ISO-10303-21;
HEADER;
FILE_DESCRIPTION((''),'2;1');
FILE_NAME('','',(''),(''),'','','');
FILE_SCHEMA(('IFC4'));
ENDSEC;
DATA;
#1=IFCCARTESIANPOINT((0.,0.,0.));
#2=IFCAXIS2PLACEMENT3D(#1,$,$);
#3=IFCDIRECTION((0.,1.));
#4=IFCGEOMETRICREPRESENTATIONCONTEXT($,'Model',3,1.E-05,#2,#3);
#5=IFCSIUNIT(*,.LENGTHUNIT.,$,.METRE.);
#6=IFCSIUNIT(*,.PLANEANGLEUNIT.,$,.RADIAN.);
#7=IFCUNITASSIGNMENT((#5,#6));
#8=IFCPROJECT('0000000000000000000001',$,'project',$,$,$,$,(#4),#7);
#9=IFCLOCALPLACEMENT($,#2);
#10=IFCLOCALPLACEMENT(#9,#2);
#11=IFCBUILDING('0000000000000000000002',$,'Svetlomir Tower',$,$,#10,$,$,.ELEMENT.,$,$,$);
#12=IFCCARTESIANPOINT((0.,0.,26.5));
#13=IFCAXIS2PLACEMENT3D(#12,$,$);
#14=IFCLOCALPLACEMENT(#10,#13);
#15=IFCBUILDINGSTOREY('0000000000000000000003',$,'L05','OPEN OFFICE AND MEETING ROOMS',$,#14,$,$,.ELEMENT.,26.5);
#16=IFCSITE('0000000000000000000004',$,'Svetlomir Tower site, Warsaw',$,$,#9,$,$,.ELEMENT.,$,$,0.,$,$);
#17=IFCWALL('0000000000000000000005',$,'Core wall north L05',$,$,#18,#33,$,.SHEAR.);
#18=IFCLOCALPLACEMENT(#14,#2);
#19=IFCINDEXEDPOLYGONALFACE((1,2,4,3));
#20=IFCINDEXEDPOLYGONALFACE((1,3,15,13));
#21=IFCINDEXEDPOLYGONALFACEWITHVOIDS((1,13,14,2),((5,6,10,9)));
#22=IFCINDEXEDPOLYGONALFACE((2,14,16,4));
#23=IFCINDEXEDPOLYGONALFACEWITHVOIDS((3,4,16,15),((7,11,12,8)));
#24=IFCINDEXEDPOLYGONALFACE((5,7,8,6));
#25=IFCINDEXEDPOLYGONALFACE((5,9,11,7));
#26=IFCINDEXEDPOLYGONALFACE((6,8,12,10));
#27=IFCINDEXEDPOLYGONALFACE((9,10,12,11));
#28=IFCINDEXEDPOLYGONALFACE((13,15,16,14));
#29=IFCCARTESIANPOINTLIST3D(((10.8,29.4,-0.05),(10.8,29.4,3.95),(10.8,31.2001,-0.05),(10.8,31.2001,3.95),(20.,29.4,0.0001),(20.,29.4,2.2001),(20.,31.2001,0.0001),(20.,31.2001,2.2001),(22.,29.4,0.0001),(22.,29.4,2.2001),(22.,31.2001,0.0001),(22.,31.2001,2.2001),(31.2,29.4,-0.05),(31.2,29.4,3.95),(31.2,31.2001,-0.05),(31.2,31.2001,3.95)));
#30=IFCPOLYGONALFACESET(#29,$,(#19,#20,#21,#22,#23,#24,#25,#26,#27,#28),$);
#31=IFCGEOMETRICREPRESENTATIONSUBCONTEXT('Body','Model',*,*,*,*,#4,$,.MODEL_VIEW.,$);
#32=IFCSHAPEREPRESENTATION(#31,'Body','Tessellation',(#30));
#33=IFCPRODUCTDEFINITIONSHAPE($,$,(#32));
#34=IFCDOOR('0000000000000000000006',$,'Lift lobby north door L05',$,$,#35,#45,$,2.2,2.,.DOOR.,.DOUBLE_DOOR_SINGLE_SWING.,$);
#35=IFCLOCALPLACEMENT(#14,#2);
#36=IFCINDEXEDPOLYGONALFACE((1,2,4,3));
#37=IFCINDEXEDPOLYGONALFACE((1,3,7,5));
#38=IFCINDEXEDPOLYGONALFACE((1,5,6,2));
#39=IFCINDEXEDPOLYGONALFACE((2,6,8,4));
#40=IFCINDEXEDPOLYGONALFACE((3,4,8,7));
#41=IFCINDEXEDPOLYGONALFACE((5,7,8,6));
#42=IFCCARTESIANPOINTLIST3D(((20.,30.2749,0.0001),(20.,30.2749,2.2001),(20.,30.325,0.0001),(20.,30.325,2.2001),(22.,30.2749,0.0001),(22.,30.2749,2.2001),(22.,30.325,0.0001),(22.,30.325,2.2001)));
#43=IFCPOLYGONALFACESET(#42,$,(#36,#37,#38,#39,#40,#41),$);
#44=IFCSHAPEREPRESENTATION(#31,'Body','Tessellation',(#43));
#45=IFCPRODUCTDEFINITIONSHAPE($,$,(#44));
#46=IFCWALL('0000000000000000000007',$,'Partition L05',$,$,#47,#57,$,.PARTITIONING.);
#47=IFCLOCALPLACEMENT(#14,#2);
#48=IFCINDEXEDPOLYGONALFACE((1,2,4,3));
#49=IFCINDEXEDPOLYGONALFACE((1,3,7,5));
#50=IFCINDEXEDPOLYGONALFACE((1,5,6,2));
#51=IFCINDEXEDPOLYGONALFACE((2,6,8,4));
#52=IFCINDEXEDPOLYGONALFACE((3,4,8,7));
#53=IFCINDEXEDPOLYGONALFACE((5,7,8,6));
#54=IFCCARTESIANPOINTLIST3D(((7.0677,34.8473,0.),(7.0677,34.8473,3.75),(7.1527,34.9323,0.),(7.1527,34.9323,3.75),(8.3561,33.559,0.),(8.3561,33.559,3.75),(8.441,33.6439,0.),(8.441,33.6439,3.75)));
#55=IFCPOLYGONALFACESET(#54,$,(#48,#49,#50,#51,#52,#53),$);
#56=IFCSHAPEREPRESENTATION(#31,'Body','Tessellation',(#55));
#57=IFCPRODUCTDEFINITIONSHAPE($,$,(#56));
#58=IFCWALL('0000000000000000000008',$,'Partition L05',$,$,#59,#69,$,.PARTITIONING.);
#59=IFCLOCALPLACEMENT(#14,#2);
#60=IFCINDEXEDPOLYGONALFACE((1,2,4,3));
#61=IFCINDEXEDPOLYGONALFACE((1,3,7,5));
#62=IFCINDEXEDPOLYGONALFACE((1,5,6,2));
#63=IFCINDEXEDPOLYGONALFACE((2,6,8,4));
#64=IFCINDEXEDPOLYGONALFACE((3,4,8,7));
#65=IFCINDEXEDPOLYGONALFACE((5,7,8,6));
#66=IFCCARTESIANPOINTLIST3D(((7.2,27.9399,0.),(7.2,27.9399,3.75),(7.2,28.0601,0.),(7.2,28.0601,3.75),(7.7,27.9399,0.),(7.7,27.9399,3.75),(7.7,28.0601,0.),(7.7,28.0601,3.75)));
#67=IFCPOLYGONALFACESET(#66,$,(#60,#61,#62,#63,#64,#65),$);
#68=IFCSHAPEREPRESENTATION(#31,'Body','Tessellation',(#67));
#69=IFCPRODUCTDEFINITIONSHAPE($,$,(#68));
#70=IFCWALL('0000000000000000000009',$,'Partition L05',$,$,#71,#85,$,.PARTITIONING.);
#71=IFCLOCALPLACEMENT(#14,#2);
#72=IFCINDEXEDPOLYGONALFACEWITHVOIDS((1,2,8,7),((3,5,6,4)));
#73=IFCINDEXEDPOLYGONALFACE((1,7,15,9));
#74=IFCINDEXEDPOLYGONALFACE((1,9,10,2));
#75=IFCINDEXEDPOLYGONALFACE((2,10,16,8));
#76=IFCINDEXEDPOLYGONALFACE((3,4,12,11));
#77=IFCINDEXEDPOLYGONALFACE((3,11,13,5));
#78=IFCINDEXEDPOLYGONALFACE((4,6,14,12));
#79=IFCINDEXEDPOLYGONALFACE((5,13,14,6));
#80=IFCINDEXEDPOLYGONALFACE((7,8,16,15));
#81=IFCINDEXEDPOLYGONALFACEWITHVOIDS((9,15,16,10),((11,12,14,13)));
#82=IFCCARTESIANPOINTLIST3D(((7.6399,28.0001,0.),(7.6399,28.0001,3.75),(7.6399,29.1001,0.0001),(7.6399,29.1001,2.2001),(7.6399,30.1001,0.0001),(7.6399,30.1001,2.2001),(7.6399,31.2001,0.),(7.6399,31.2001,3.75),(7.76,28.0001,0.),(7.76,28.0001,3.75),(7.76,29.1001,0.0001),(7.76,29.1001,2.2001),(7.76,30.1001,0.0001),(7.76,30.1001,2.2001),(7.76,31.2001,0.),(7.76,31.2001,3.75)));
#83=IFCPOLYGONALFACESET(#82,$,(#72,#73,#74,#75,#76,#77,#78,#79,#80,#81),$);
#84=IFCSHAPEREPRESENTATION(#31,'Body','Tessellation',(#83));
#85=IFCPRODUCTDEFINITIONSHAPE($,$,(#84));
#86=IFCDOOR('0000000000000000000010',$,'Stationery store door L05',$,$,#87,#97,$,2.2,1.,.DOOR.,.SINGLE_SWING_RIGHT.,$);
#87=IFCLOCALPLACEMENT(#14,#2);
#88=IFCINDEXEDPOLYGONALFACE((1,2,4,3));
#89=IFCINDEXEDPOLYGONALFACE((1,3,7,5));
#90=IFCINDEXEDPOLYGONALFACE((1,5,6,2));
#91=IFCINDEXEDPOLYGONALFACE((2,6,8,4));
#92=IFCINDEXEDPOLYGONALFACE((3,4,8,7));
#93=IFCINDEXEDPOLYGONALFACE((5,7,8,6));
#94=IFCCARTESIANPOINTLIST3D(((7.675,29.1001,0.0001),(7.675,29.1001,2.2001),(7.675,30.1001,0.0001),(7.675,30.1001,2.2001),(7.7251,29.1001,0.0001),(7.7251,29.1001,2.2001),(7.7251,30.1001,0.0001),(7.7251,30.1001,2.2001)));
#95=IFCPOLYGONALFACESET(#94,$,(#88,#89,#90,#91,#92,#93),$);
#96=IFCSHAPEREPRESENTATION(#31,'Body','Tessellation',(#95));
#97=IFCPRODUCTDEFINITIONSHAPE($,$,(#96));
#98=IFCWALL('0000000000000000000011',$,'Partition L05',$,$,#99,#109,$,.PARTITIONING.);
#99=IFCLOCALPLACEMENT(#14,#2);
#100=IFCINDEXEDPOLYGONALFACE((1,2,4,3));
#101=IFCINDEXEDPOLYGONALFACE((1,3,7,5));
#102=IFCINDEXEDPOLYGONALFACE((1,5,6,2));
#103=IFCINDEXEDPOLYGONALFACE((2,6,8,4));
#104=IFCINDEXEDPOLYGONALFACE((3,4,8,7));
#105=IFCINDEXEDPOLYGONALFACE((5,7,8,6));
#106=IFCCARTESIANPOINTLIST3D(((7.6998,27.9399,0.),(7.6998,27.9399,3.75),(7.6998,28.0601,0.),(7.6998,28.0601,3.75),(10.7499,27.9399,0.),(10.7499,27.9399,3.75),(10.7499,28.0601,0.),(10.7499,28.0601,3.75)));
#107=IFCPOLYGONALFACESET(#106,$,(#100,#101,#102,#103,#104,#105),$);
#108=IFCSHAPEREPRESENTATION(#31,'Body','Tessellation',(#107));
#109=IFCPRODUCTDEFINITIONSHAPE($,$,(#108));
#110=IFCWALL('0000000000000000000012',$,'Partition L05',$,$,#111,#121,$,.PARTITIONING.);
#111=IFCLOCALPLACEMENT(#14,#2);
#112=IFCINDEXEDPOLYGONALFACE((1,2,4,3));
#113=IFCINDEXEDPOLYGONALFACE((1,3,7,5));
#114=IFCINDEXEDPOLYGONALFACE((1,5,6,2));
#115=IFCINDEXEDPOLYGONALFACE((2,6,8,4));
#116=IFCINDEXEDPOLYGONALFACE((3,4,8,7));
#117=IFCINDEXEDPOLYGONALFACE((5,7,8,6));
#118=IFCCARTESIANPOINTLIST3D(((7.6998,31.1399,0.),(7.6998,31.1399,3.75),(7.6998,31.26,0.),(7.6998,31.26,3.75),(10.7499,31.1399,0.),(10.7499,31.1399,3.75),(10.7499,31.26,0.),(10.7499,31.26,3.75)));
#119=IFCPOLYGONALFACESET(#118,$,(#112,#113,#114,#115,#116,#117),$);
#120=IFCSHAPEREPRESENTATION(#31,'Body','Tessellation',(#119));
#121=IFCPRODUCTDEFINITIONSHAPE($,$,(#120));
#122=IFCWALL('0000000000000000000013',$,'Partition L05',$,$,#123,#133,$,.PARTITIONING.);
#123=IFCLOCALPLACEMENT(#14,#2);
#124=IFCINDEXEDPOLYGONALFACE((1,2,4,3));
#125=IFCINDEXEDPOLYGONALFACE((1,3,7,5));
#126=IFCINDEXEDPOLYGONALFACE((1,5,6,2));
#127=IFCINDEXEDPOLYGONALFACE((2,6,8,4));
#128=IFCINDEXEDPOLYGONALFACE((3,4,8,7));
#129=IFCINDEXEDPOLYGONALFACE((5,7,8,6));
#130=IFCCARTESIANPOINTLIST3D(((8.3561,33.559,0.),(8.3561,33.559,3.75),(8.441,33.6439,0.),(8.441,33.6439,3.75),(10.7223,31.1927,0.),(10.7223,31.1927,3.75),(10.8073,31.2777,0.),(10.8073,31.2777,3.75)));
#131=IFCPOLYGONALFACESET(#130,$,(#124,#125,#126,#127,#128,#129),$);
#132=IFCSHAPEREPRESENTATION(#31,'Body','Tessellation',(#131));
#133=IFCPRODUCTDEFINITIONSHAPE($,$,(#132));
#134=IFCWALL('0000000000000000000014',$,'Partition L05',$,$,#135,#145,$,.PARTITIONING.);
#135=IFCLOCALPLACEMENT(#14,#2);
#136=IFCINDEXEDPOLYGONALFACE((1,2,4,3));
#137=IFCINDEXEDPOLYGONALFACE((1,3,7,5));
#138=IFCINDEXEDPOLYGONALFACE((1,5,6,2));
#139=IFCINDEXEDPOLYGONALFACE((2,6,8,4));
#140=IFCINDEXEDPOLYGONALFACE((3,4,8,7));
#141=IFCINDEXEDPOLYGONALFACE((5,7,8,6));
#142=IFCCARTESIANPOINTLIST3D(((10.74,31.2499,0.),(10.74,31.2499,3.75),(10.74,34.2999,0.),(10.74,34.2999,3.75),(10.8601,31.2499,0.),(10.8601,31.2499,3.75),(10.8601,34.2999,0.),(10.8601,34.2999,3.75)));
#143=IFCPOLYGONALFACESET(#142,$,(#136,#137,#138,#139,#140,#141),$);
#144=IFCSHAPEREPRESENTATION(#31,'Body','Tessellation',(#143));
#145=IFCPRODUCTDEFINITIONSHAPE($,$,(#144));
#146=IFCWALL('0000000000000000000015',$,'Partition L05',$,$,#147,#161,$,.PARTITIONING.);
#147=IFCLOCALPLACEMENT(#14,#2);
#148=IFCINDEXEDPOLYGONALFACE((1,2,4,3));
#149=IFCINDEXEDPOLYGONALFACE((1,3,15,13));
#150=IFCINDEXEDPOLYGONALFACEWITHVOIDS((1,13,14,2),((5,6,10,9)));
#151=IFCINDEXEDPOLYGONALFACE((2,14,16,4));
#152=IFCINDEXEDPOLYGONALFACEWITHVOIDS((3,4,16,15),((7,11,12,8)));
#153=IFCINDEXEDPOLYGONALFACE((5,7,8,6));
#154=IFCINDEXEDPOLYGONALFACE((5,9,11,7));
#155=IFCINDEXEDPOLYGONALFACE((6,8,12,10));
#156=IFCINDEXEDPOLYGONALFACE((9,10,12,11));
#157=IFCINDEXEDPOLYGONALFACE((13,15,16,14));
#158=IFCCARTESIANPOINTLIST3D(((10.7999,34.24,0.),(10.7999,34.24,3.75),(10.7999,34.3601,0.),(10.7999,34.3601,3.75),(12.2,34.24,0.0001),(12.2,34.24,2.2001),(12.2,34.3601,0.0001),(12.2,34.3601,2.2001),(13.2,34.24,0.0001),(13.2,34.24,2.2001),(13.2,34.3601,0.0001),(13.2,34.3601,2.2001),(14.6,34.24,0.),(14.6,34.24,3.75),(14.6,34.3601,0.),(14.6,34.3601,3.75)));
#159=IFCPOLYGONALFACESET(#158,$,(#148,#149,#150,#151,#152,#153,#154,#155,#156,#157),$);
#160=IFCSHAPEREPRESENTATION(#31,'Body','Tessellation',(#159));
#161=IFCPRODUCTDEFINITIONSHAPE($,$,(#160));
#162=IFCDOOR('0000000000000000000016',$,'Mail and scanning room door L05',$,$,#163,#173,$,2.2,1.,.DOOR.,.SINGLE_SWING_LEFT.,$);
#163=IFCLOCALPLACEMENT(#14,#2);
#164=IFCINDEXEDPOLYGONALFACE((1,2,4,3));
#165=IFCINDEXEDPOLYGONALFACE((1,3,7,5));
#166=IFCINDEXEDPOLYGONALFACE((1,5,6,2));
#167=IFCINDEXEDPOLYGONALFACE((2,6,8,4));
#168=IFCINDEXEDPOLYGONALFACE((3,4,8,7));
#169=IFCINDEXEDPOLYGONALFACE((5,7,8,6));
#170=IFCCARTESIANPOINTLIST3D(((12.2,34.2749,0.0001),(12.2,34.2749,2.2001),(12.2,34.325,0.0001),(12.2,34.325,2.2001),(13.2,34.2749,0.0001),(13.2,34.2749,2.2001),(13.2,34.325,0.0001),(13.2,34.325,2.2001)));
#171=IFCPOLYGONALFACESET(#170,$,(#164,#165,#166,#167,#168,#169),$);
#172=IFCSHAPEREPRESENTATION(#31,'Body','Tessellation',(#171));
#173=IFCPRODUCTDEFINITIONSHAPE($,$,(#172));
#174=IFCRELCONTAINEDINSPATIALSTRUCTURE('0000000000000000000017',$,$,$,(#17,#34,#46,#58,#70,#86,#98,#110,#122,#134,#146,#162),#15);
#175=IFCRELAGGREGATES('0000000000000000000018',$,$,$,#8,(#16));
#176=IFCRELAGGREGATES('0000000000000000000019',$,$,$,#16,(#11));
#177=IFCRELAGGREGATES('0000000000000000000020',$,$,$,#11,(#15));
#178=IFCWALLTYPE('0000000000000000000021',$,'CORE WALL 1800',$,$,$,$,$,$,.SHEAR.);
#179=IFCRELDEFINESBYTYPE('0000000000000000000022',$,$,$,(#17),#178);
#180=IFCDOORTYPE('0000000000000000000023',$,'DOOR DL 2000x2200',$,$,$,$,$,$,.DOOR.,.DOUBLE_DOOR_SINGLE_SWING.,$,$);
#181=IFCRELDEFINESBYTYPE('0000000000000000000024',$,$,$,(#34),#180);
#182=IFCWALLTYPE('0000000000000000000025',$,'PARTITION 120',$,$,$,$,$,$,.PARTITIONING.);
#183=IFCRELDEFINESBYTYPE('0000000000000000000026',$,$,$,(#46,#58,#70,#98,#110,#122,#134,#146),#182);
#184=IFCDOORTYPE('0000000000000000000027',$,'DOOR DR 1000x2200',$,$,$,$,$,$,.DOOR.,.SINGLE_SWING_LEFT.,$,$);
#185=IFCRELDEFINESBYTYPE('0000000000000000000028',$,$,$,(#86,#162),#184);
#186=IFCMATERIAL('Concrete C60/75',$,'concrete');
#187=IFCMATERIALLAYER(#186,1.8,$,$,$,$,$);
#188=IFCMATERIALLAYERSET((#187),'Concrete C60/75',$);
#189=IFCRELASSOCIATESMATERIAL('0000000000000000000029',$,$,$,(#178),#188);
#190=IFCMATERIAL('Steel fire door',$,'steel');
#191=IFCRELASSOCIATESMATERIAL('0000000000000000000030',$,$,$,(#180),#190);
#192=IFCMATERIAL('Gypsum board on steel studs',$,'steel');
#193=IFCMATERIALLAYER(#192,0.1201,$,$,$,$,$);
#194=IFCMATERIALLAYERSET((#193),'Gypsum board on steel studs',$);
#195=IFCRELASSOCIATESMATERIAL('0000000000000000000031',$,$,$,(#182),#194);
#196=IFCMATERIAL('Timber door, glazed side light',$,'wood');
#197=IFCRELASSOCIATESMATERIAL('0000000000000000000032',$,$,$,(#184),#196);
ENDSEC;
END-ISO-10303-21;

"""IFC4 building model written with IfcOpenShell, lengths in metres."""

from ifc_helpers import new_model, si_unit, direction, frame, frame_2d, origin, place, context, subcontext, project, spatial, rectangle, extrude, material, layer, layer_set, type_object, element, fill, save


model = new_model("IFC4")

# Units and contexts
model_context = context("Model", 3, precision=1e-05, world=origin(), true_north=direction((0.0, 1.0)))
body_context = subcontext(model_context, "Body", "Model", "MODEL_VIEW")
ifc_project = project(units=[si_unit("LENGTHUNIT", "METRE"), si_unit("PLANEANGLEUNIT", "RADIAN")], contexts=[model_context])

# Site, building, storey
site_placement = place(None, origin())
site = spatial("IfcSite", under=ifc_project, at=site_placement, Name="Svetlomir Tower site, Warsaw", CompositionType="ELEMENT", RefElevation=0.0)
building_placement = place(site_placement, origin())
building = spatial("IfcBuilding", under=site, at=building_placement, Name="Svetlomir Tower", CompositionType="ELEMENT")
storey_placement = place(building_placement, frame((0.0, 0.0, 26.5)))
storey = spatial("IfcBuildingStorey", under=building, at=storey_placement, Name="L05", Description="OPEN OFFICE AND MEETING ROOMS", CompositionType="ELEMENT", Elevation=26.5)

# Wall, opening, door
ifc_material_1 = material(Name="Concrete C60/75", Category="concrete")
ifc_layer_1 = layer(ifc_material_1, 1.8)
ifc_layer_set_1 = layer_set([ifc_layer_1], Name="Concrete C60/75")
wall_type_1 = type_object("IfcWallType", Name="CORE WALL 1800", PredefinedType="SHEAR", material=ifc_layer_set_1)
wall_1_placement = place(storey_placement, frame((10.8, 30.3, -0.05), z_axis=(0.0, 0.0, 1.0), x_axis=(1.0, 0.0, 0.0)))
wall_1 = element("IfcWall", 1, at=wall_1_placement, inside=storey, type_object=wall_type_1, Name="Core wall north L05", PredefinedType="SHEAR", context=body_context, shape_type="SweptSolid", body=[
    extrude(rectangle(XDim=20.3999, YDim=1.8, at=frame_2d((10.2, 0.0))), origin(), (0.0, 0.0, 1.0), 4.0),
])
opening_1_placement = place(wall_1_placement, frame((9.2, 0.0, 0.05)))
opening_1 = element("IfcOpeningElement", 2, at=opening_1_placement, cuts=wall_1, PredefinedType="OPENING", context=body_context, shape_type="SweptSolid", body=[
    extrude(rectangle(XDim=2.0, YDim=2.2, at=frame_2d((1.0, 1.1001))), frame((0.0, 0.9102, 0.0), z_axis=(0.0, -1.0, 0.0), x_axis=(1.0, 0.0, 0.0)), (0.0, 0.0, 1.0), 1.8201),
])
ifc_material_2 = material(Name="Steel fire door", Category="steel")
door_type_1 = type_object("IfcDoorType", Name="DOOR DL 2000x2200", OperationType="DOUBLE_DOOR_SINGLE_SWING", PredefinedType="DOOR", material=ifc_material_2)
door_1_placement = place(opening_1_placement, origin())
door_1 = element("IfcDoor", 3, at=door_1_placement, inside=storey, type_object=door_type_1, Name="Lift lobby north door L05", OperationType="DOUBLE_DOOR_SINGLE_SWING", OverallHeight=2.2, OverallWidth=2.0, PredefinedType="DOOR", context=body_context, shape_type="SweptSolid", body=[
    extrude(rectangle(XDim=2.0, YDim=2.2, at=frame_2d((1.0, 1.1001))), frame((0.0, 0.0249, 0.0), z_axis=(0.0, -1.0, 0.0), x_axis=(1.0, 0.0, 0.0)), (0.0, 0.0, 1.0), 0.05),
])
fill(opening_1, door_1)

# Walls
ifc_material_3 = material(Name="Gypsum board on steel studs", Category="steel")
ifc_layer_2 = layer(ifc_material_3, 0.1201)
ifc_layer_set_2 = layer_set([ifc_layer_2], Name="Gypsum board on steel studs")
wall_type_2 = type_object("IfcWallType", Name="PARTITION 120", PredefinedType="PARTITIONING", material=ifc_layer_set_2)
wall_2_placement = place(storey_placement, frame((7.1101, 34.8899, 0.0), z_axis=(0.0, 0.0, 1.0), x_axis=(0.707107, -0.707107, 0.0)))
element("IfcWall", 4, at=wall_2_placement, inside=storey, type_object=wall_type_2, Name="Partition L05", PredefinedType="PARTITIONING", context=body_context, shape_type="SweptSolid", body=[
    extrude(rectangle(XDim=1.822, YDim=0.1201, at=frame_2d((0.9111, 0.0))), origin(), (0.0, 0.0, 1.0), 3.75),
])
wall_3_placement = place(storey_placement, frame((7.2, 28.0, 0.0), z_axis=(0.0, 0.0, 1.0), x_axis=(1.0, 0.0, 0.0)))
element("IfcWall", 5, at=wall_3_placement, inside=storey, type_object=wall_type_2, Name="Partition L05", PredefinedType="PARTITIONING", context=body_context, shape_type="SweptSolid", body=[
    extrude(rectangle(XDim=0.5, YDim=0.1201, at=frame_2d((0.25, 0.0))), origin(), (0.0, 0.0, 1.0), 3.75),
])

# Wall, opening, door
wall_4_placement = place(storey_placement, frame((7.7, 28.0, 0.0), z_axis=(0.0, 0.0, 1.0), x_axis=(0.0, 1.0, 0.0)))
wall_4 = element("IfcWall", 6, at=wall_4_placement, inside=storey, type_object=wall_type_2, Name="Partition L05", PredefinedType="PARTITIONING", context=body_context, shape_type="SweptSolid", body=[
    extrude(rectangle(XDim=3.2, YDim=0.1201, at=frame_2d((1.6001, 0.0))), origin(), (0.0, 0.0, 1.0), 3.75),
])
opening_2_placement = place(wall_4_placement, frame((1.1001, 0.0, 0.0)))
opening_2 = element("IfcOpeningElement", 7, at=opening_2_placement, cuts=wall_4, PredefinedType="OPENING", context=body_context, shape_type="SweptSolid", body=[
    extrude(rectangle(XDim=1.0, YDim=2.2, at=frame_2d((0.5, 1.1001))), frame((0.0, 0.0701, 0.0), z_axis=(0.0, -1.0, 0.0), x_axis=(1.0, 0.0, 0.0)), (0.0, 0.0, 1.0), 0.1401),
])
ifc_material_4 = material(Name="Timber door, glazed side light", Category="wood")
door_type_2 = type_object("IfcDoorType", Name="DOOR DR 1000x2200", OperationType="SINGLE_SWING_LEFT", PredefinedType="DOOR", material=ifc_material_4)
door_2_placement = place(opening_2_placement, origin())
door_2 = element("IfcDoor", 8, at=door_2_placement, inside=storey, type_object=door_type_2, Name="Stationery store door L05", OperationType="SINGLE_SWING_RIGHT", OverallHeight=2.2, OverallWidth=1.0, PredefinedType="DOOR", context=body_context, shape_type="SweptSolid", body=[
    extrude(rectangle(XDim=1.0, YDim=2.2, at=frame_2d((0.5, 1.1001))), frame((0.0, 0.0249, 0.0), z_axis=(0.0, -1.0, 0.0), x_axis=(1.0, 0.0, 0.0)), (0.0, 0.0, 1.0), 0.05),
])
fill(opening_2, door_2)

# Walls
for number, where, z_axis, x_axis, name in (
    (9, (7.7, 28.0, 0.0), (0.0, 0.0, 1.0), (1.0, 0.0, 0.0), "Partition L05"),
    (10, (7.7, 31.2, 0.0), (0.0, 0.0, 1.0), (1.0, 0.0, 0.0), "Partition L05"),
):
    element("IfcWall", number, at=place(storey_placement, frame(where, z_axis=z_axis, x_axis=x_axis)), inside=storey, type_object=wall_type_2, Name=name, PredefinedType="PARTITIONING", context=body_context, shape_type="SweptSolid", body=[
        extrude(rectangle(XDim=3.05, YDim=0.1201, at=frame_2d((1.5249, 0.0))), origin(), (0.0, 0.0, 1.0), 3.75),
    ])
wall_5_placement = place(storey_placement, frame((8.3984, 33.6016, 0.0), z_axis=(0.0, 0.0, 1.0), x_axis=(0.707107, -0.707107, 0.0)))
element("IfcWall", 11, at=wall_5_placement, inside=storey, type_object=wall_type_2, Name="Partition L05", PredefinedType="PARTITIONING", context=body_context, shape_type="SweptSolid", body=[
    extrude(rectangle(XDim=3.3464, YDim=0.1201, at=frame_2d((1.6733, 0.0))), origin(), (0.0, 0.0, 1.0), 3.75),
])
wall_6_placement = place(storey_placement, frame((10.8, 31.25, 0.0), z_axis=(0.0, 0.0, 1.0), x_axis=(0.0, 1.0, 0.0)))
element("IfcWall", 12, at=wall_6_placement, inside=storey, type_object=wall_type_2, Name="Partition L05", PredefinedType="PARTITIONING", context=body_context, shape_type="SweptSolid", body=[
    extrude(rectangle(XDim=3.05, YDim=0.1201, at=frame_2d((1.5249, 0.0))), origin(), (0.0, 0.0, 1.0), 3.75),
])

# Wall, opening, door
wall_7_placement = place(storey_placement, frame((10.8, 34.3, 0.0), z_axis=(0.0, 0.0, 1.0), x_axis=(1.0, 0.0, 0.0)))
wall_7 = element("IfcWall", 13, at=wall_7_placement, inside=storey, type_object=wall_type_2, Name="Partition L05", PredefinedType="PARTITIONING", context=body_context, shape_type="SweptSolid", body=[
    extrude(rectangle(XDim=3.8, YDim=0.1201, at=frame_2d((1.8999, 0.0))), origin(), (0.0, 0.0, 1.0), 3.75),
])
opening_3_placement = place(wall_7_placement, frame((1.3999, 0.0, 0.0)))
opening_3 = element("IfcOpeningElement", 14, at=opening_3_placement, cuts=wall_7, PredefinedType="OPENING", context=body_context, shape_type="SweptSolid", body=[
    extrude(rectangle(XDim=1.0, YDim=2.2, at=frame_2d((0.5, 1.1001))), frame((0.0, 0.0701, 0.0), z_axis=(0.0, -1.0, 0.0), x_axis=(1.0, 0.0, 0.0)), (0.0, 0.0, 1.0), 0.1401),
])
door_3_placement = place(opening_3_placement, origin())
door_3 = element("IfcDoor", 15, at=door_3_placement, inside=storey, type_object=door_type_2, Name="Mail and scanning room door L05", OperationType="SINGLE_SWING_LEFT", OverallHeight=2.2, OverallWidth=1.0, PredefinedType="DOOR", context=body_context, shape_type="SweptSolid", body=[
    extrude(rectangle(XDim=1.0, YDim=2.2, at=frame_2d((0.5, 1.1001))), frame((0.0, 0.0249, 0.0), z_axis=(0.0, -1.0, 0.0), x_axis=(1.0, 0.0, 0.0)), (0.0, 0.0, 1.0), 0.05),
])
fill(opening_3, door_3)

save(model, "model.ifc")
